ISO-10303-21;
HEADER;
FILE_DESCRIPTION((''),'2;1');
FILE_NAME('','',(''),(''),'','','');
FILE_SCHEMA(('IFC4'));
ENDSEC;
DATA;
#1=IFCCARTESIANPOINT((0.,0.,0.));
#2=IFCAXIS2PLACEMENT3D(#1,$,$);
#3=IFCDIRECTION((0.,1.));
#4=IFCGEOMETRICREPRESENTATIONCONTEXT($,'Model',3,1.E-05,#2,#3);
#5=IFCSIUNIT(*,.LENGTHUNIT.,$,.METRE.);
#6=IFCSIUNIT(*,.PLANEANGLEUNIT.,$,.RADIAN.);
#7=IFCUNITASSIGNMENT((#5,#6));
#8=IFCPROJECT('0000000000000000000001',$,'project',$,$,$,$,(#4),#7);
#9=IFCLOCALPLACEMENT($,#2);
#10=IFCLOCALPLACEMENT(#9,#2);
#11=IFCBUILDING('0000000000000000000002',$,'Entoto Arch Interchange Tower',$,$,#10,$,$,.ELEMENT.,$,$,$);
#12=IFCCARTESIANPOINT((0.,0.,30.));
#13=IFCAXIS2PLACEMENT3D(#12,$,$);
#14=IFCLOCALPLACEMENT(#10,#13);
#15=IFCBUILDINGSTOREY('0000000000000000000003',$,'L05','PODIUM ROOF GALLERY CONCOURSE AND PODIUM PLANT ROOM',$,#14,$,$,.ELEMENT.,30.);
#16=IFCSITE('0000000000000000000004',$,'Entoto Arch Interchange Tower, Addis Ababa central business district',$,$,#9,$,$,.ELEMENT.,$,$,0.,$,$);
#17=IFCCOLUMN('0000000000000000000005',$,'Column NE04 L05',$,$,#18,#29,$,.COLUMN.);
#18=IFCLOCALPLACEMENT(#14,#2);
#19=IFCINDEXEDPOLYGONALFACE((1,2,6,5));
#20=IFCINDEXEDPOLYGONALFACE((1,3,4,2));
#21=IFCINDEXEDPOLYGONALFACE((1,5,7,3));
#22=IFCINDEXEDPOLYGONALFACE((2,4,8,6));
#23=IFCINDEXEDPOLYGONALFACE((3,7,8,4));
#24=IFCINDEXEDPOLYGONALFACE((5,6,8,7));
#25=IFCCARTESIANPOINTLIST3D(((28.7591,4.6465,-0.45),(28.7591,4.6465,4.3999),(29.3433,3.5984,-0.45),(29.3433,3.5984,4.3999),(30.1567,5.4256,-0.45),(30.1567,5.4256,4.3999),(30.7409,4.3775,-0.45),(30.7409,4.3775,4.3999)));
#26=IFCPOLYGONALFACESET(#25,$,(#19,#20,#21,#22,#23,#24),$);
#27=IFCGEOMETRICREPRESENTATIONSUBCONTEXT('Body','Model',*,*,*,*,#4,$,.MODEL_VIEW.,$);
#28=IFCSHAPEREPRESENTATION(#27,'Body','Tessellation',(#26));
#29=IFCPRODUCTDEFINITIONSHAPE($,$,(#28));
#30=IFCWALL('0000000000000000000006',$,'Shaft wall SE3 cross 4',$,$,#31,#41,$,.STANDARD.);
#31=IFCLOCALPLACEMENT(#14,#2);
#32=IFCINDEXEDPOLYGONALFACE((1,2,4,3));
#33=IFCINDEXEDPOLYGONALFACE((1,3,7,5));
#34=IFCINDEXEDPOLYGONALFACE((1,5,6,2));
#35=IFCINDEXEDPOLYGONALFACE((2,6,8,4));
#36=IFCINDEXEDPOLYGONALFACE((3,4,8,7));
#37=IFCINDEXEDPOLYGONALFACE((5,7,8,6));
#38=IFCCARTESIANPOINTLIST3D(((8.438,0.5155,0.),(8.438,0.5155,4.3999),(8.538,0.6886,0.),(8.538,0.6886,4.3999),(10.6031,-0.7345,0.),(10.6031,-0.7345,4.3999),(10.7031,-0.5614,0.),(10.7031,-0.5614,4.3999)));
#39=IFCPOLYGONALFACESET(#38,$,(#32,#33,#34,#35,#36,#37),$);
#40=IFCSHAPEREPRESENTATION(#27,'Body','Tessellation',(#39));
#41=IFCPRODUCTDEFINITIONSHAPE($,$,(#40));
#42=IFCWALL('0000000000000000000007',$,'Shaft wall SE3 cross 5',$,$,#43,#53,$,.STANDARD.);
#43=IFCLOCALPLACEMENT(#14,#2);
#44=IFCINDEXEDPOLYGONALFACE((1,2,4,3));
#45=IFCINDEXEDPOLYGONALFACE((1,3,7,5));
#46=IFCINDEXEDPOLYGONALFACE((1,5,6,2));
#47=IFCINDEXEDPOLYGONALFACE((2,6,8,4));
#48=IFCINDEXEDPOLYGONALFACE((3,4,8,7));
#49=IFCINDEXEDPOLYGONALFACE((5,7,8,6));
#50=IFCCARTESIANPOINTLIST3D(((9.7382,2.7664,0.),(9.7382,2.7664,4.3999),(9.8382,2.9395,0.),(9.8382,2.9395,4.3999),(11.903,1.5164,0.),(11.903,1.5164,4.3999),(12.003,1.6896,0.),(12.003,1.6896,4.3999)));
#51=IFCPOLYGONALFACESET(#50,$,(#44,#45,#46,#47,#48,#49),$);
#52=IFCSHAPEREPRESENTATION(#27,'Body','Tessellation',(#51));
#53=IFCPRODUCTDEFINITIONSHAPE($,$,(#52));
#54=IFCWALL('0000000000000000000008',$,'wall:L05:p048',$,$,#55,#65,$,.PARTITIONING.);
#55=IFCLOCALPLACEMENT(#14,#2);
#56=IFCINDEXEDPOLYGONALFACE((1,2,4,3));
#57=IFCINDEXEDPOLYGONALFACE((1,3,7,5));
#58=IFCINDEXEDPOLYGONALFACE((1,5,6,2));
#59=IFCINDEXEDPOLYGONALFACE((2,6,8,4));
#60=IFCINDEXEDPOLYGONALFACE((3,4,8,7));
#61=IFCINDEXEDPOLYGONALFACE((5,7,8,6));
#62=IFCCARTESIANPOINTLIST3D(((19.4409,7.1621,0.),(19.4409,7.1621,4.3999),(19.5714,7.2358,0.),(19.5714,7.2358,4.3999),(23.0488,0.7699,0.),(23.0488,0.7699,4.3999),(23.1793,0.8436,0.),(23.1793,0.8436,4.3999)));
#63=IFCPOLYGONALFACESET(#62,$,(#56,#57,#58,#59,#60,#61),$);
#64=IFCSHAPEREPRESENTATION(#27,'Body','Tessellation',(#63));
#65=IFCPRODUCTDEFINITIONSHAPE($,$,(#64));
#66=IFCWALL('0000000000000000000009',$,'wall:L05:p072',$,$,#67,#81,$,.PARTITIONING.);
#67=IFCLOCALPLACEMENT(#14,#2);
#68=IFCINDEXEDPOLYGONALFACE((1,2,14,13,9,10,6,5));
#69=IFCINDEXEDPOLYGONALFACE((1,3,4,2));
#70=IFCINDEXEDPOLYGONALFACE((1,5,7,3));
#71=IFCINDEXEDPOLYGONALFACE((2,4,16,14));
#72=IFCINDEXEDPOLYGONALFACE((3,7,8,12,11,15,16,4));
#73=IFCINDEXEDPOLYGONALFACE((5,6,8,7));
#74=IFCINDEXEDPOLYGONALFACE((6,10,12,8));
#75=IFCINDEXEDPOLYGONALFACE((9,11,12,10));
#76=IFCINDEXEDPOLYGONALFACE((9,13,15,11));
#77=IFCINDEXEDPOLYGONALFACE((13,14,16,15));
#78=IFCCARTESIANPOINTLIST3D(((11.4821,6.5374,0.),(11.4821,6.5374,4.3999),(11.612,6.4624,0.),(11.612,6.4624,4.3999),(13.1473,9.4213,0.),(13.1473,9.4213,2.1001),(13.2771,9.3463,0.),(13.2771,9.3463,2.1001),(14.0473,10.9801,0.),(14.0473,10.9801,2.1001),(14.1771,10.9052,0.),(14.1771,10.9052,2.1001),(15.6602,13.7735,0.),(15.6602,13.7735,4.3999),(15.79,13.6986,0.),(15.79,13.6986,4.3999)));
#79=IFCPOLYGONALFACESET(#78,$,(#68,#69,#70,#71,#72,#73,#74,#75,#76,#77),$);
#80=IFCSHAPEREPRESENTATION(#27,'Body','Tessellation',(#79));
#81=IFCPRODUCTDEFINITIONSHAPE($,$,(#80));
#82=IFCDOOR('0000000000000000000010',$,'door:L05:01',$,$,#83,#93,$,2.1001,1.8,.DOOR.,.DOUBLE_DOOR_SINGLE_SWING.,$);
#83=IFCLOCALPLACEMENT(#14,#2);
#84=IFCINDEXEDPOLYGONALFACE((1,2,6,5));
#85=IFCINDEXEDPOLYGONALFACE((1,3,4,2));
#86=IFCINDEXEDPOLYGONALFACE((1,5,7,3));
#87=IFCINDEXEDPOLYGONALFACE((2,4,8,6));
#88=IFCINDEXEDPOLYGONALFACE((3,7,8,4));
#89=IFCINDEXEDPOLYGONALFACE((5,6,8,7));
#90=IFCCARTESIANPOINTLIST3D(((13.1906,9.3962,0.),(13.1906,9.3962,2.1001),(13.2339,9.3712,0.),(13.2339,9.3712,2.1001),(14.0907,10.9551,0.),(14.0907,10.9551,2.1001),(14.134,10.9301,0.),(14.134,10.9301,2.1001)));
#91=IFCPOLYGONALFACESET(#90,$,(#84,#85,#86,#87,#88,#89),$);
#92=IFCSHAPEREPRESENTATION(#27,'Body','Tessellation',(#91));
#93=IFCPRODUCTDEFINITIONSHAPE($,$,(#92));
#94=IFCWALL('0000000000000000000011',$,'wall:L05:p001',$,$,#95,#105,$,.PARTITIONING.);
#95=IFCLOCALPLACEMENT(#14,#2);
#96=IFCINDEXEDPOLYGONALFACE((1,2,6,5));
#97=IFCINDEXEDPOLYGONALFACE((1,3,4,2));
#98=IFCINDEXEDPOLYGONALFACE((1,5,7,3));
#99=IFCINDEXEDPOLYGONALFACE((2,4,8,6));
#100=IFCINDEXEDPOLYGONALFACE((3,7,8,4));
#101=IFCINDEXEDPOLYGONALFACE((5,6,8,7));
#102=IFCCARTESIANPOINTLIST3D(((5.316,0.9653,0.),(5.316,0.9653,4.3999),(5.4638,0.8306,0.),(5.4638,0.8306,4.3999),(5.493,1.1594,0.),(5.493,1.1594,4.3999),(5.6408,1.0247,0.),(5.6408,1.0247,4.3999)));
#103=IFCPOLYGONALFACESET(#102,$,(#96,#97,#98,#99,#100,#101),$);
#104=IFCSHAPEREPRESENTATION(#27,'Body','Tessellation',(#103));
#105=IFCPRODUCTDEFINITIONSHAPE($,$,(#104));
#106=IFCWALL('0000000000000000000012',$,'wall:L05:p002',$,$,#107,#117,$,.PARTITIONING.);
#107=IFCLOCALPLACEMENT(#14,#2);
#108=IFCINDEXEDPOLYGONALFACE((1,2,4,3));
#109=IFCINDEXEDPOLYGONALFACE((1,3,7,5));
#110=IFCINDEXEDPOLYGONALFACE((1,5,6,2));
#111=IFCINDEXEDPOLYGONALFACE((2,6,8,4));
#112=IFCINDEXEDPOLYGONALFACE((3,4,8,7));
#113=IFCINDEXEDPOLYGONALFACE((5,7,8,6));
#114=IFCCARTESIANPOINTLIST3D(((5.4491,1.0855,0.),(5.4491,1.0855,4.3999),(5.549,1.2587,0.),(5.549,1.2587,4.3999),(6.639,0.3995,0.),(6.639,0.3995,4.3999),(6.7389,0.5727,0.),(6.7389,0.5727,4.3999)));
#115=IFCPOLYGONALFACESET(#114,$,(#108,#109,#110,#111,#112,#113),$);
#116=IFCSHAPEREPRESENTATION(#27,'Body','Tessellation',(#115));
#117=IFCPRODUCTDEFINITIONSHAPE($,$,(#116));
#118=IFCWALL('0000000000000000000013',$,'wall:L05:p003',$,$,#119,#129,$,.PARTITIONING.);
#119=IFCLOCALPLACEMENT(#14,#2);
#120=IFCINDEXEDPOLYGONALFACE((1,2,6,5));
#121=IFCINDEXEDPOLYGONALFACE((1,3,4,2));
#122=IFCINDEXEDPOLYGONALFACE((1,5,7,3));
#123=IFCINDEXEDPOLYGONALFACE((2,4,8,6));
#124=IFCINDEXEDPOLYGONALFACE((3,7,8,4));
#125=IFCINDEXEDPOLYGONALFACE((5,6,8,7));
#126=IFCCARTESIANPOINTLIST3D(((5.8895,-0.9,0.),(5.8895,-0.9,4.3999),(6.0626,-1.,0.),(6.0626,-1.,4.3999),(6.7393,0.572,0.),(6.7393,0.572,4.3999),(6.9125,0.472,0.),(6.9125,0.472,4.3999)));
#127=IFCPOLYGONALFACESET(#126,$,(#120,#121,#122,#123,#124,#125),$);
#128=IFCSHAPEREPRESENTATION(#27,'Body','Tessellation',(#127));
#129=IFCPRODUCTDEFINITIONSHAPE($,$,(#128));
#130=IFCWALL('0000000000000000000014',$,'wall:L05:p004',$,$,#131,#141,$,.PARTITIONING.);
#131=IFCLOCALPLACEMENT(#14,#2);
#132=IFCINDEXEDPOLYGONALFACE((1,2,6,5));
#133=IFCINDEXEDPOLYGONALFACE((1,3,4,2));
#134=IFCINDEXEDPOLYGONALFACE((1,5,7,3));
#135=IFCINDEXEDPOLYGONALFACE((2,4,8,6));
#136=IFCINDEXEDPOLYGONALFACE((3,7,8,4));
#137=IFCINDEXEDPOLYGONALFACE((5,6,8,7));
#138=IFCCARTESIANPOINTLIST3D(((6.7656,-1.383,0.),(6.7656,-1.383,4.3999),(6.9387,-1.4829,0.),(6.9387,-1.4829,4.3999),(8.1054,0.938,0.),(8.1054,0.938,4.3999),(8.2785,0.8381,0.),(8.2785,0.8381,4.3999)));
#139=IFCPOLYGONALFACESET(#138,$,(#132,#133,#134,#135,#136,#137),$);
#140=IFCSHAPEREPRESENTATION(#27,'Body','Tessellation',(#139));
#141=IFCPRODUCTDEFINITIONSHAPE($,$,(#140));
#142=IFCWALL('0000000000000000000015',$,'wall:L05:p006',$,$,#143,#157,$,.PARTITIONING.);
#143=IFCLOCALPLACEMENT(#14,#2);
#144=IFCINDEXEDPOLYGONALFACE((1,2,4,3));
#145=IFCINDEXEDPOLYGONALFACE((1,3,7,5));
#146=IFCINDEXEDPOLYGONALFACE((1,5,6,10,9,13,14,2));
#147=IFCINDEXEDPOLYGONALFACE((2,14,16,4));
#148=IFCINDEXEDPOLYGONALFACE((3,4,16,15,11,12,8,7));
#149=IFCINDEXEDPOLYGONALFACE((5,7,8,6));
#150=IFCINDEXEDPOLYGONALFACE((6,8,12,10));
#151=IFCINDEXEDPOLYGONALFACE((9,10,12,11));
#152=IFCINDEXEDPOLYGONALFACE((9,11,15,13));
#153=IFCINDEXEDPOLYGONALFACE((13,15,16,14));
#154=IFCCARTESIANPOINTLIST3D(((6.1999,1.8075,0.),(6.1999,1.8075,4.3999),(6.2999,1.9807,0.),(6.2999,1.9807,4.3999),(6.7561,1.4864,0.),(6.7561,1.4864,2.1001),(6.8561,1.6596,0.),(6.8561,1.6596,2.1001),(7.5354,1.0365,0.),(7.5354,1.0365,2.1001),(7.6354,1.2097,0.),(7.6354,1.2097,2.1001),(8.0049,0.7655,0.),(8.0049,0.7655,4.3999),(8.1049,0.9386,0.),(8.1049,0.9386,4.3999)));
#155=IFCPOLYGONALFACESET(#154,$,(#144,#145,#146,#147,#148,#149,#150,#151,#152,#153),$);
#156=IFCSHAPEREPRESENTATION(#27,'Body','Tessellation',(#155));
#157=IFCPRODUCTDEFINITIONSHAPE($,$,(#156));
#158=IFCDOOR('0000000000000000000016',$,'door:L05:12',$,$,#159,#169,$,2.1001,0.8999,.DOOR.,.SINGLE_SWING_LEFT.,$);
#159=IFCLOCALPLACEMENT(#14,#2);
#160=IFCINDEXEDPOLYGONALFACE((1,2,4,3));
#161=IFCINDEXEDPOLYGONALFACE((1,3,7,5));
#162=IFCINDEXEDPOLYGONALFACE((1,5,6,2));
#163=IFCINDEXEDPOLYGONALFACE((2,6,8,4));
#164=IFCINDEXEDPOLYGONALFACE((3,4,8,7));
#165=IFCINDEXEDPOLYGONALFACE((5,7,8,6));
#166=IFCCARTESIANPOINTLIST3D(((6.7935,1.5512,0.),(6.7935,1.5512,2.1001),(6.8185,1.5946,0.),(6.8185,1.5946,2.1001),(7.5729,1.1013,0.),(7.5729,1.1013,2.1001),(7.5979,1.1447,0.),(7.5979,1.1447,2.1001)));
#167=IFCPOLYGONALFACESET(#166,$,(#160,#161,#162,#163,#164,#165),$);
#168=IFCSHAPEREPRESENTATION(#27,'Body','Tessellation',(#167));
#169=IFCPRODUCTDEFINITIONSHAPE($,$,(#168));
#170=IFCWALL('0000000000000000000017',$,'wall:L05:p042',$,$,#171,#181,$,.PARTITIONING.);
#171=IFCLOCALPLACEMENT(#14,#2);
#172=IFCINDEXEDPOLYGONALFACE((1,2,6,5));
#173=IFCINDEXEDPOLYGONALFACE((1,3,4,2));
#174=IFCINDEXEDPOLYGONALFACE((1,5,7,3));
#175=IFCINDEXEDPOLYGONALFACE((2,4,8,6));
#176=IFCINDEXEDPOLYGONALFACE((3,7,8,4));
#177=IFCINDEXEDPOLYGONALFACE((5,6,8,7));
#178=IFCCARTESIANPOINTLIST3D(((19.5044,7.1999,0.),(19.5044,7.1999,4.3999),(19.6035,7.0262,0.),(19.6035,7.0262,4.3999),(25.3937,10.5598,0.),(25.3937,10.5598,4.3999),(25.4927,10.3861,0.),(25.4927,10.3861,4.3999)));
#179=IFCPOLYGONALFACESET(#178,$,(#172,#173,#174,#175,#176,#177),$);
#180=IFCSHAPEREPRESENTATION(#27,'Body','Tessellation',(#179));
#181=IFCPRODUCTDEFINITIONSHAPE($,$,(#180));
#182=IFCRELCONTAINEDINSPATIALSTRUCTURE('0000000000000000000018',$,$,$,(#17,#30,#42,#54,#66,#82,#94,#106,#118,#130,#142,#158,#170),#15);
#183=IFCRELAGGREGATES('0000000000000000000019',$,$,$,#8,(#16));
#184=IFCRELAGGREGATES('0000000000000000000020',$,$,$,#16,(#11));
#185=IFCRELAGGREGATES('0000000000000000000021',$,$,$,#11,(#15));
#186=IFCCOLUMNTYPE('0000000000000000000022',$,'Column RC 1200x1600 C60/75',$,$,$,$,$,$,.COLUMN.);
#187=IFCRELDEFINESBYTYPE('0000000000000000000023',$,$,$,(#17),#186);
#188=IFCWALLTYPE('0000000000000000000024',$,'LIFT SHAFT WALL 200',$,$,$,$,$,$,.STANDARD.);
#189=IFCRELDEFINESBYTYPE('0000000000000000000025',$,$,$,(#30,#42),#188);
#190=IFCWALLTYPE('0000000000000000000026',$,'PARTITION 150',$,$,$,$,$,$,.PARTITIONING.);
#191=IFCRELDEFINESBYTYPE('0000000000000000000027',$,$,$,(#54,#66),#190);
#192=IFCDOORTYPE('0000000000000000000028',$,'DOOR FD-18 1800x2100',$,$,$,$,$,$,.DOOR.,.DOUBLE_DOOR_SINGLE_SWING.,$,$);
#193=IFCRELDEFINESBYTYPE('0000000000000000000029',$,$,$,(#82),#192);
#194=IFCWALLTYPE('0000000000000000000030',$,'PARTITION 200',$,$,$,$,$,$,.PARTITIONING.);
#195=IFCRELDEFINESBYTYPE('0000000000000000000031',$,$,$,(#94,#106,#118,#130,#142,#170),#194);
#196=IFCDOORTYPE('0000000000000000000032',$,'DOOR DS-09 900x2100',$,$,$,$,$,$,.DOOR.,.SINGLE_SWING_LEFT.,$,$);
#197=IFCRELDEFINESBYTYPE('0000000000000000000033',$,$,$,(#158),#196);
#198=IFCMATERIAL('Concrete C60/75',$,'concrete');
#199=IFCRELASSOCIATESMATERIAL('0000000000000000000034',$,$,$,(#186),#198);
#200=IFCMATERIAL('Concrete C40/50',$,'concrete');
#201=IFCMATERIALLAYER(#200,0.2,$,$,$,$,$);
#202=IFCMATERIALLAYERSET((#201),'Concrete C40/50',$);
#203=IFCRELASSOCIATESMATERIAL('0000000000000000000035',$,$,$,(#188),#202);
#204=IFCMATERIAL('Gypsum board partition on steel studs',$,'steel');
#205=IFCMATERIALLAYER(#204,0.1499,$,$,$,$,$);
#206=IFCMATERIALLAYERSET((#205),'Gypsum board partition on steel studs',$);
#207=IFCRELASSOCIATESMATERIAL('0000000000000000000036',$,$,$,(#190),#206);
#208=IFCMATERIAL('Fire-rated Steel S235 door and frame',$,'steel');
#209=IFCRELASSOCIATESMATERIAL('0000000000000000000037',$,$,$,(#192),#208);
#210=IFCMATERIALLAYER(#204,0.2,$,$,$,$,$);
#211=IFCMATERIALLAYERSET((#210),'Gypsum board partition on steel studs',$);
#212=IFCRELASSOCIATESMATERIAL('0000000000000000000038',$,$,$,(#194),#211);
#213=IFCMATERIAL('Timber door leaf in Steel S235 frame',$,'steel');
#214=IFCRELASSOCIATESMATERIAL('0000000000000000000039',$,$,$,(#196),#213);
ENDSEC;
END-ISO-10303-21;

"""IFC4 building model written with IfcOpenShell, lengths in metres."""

from ifc_helpers import new_model, si_unit, direction, frame, frame_2d, origin, origin_2d, place, context, subcontext, project, spatial, rectangle, extrude, material, layer, layer_set, material_profile, profile_set, type_object, element, fill, save


model = new_model("IFC4")

# Units and contexts
model_context = context("Model", 3, precision=1e-05, world=origin(), true_north=direction((0.0, 1.0)))
body_context = subcontext(model_context, "Body", "Model", "MODEL_VIEW")
ifc_project = project(units=[si_unit("LENGTHUNIT", "METRE"), si_unit("PLANEANGLEUNIT", "RADIAN")], contexts=[model_context])

# Site, building, storey
site_placement = place(None, origin())
site = spatial("IfcSite", under=ifc_project, at=site_placement, Name="Entoto Arch Interchange Tower, Addis Ababa central business district", CompositionType="ELEMENT", RefElevation=0.0)
building_placement = place(site_placement, origin())
building = spatial("IfcBuilding", under=site, at=building_placement, Name="Entoto Arch Interchange Tower", CompositionType="ELEMENT")
storey_placement = place(building_placement, frame((0.0, 0.0, 30.0)))
storey = spatial("IfcBuildingStorey", under=building, at=storey_placement, Name="L05", Description="PODIUM ROOF GALLERY CONCOURSE AND PODIUM PLANT ROOM", CompositionType="ELEMENT", Elevation=30.0)

# Column
ifc_material_1 = material(Name="Concrete C60/75", Category="concrete")
ifc_material_profile = material_profile(ifc_material_1, rectangle(XDim=1.2, YDim=1.6001, at=origin_2d()))
ifc_profile_set = profile_set([ifc_material_profile], Name="Concrete C60/75")
column_type = type_object("IfcColumnType", Name="Column RC 1200x1600 C60/75", PredefinedType="COLUMN", material=ifc_profile_set)
column_placement = place(storey_placement, frame((29.75, 4.512, -0.45), z_axis=(0.0, 0.0, 1.0), x_axis=(-0.486915, 0.873449, 0.0)))
element("IfcColumn", 1, at=column_placement, inside=storey, type_object=column_type, Name="Column NE04 L05", PredefinedType="COLUMN", context=body_context, shape_type="SweptSolid", body=[
    extrude(rectangle(XDim=1.2, YDim=1.6001, at=origin_2d()), origin(), (0.0, 0.0, 1.0), 4.8499),
])

# Walls
ifc_material_2 = material(Name="Concrete C40/50", Category="concrete")
ifc_layer_1 = layer(ifc_material_2, 0.2)
ifc_layer_set_1 = layer_set([ifc_layer_1], Name="Concrete C40/50")
wall_type_1 = type_object("IfcWallType", Name="LIFT SHAFT WALL 200", PredefinedType="STANDARD", material=ifc_layer_set_1)
wall_1_placement = place(storey_placement, frame((8.488, 0.6021, 0.0), z_axis=(0.0, 0.0, 1.0), x_axis=(0.866023, -0.500004, 0.0)))
element("IfcWall", 2, at=wall_1_placement, inside=storey, type_object=wall_type_1, Name="Shaft wall SE3 cross 4", PredefinedType="STANDARD", context=body_context, shape_type="SweptSolid", body=[
    extrude(rectangle(XDim=2.5, YDim=0.2, at=frame_2d((1.25, 0.0))), origin(), (0.0, 0.0, 1.0), 4.3999),
])
wall_2_placement = place(storey_placement, frame((9.7881, 2.853, 0.0), z_axis=(0.0, 0.0, 1.0), x_axis=(0.865999, -0.500047, 0.0)))
element("IfcWall", 3, at=wall_2_placement, inside=storey, type_object=wall_type_1, Name="Shaft wall SE3 cross 5", PredefinedType="STANDARD", context=body_context, shape_type="SweptSolid", body=[
    extrude(rectangle(XDim=2.4998, YDim=0.2, at=frame_2d((1.25, 0.0))), origin(), (0.0, 0.0, 1.0), 4.3999),
])
ifc_material_3 = material(Name="Gypsum board partition on steel studs", Category="steel")
ifc_layer_2 = layer(ifc_material_3, 0.1499)
ifc_layer_set_2 = layer_set([ifc_layer_2], Name="Gypsum board partition on steel studs")
wall_type_2 = type_object("IfcWallType", Name="PARTITION 150", PredefinedType="PARTITIONING", material=ifc_layer_set_2)
wall_3_placement = place(storey_placement, frame((23.114, 0.8069, 0.0), z_axis=(0.0, 0.0, 1.0), x_axis=(-0.49154, 0.870855, 0.0)))
element("IfcWall", 4, at=wall_3_placement, inside=storey, type_object=wall_type_2, Name="wall:L05:p048", PredefinedType="PARTITIONING", context=body_context, shape_type="SweptSolid", body=[
    extrude(rectangle(XDim=7.3401, YDim=0.1499, at=frame_2d((3.6699, 0.0))), origin(), (0.0, 0.0, 1.0), 4.3999),
])

# Wall, opening, door
wall_4_placement = place(storey_placement, frame((11.5471, 6.5, 0.0), z_axis=(0.0, 0.0, 1.0), x_axis=(0.50002, 0.866014, 0.0)))
wall_4 = element("IfcWall", 5, at=wall_4_placement, inside=storey, type_object=wall_type_2, Name="wall:L05:p072", PredefinedType="PARTITIONING", context=body_context, shape_type="SweptSolid", body=[
    extrude(rectangle(XDim=8.3557, YDim=0.1499, at=frame_2d((4.1777, 0.0))), origin(), (0.0, 0.0, 1.0), 4.3999),
])
opening_1_placement = place(wall_4_placement, frame((3.3301, 0.0, 0.0)))
opening_1 = element("IfcOpeningElement", 6, at=opening_1_placement, cuts=wall_4, PredefinedType="OPENING", context=body_context, shape_type="SweptSolid", body=[
    extrude(rectangle(XDim=1.8, YDim=2.1001, at=frame_2d((0.8999, 1.05))), frame((0.0, 0.085, 0.0), z_axis=(0.0, -1.0, 0.0), x_axis=(1.0, 0.0, 0.0)), (0.0, 0.0, 1.0), 0.1699),
])
ifc_material_4 = material(Name="Fire-rated Steel S235 door and frame", Category="steel")
door_type_1 = type_object("IfcDoorType", Name="DOOR FD-18 1800x2100", OperationType="DOUBLE_DOOR_SINGLE_SWING", PredefinedType="DOOR", material=ifc_material_4)
door_1_placement = place(opening_1_placement, origin())
door_1 = element("IfcDoor", 7, at=door_1_placement, inside=storey, type_object=door_type_1, Name="door:L05:01", OperationType="DOUBLE_DOOR_SINGLE_SWING", OverallHeight=2.1001, OverallWidth=1.8, PredefinedType="DOOR", context=body_context, shape_type="SweptSolid", body=[
    extrude(rectangle(XDim=1.8, YDim=2.1001, at=frame_2d((0.8999, 1.05))), frame((0.0, 0.0249, 0.0), z_axis=(0.0, -1.0, 0.0), x_axis=(1.0, 0.0, 0.0)), (0.0, 0.0, 1.0), 0.05),
])
fill(opening_1, door_1)

# Walls
ifc_layer_3 = layer(ifc_material_3, 0.2)
ifc_layer_set_3 = layer_set([ifc_layer_3], Name="Gypsum board partition on steel studs")
wall_type_3 = type_object("IfcWallType", Name="PARTITION 200", PredefinedType="PARTITIONING", material=ifc_layer_set_3)
wall_5_placement = place(storey_placement, frame((5.3899, 0.8979, 0.0), z_axis=(0.0, 0.0, 1.0), x_axis=(0.673828, 0.738888, 0.0)))
element("IfcWall", 8, at=wall_5_placement, inside=storey, type_object=wall_type_3, Name="wall:L05:p001", PredefinedType="PARTITIONING", context=body_context, shape_type="SweptSolid", body=[
    extrude(rectangle(XDim=0.2627, YDim=0.2, at=frame_2d((0.1313, 0.0))), origin(), (0.0, 0.0, 1.0), 4.3999),
])
wall_6_placement = place(storey_placement, frame((5.499, 1.1721, 0.0), z_axis=(0.0, 0.0, 1.0), x_axis=(0.866334, -0.499466, 0.0)))
element("IfcWall", 9, at=wall_6_placement, inside=storey, type_object=wall_type_3, Name="wall:L05:p002", PredefinedType="PARTITIONING", context=body_context, shape_type="SweptSolid", body=[
    extrude(rectangle(XDim=1.3735, YDim=0.2, at=frame_2d((0.6868, 0.0))), origin(), (0.0, 0.0, 1.0), 4.3999),
])
wall_7_placement = place(storey_placement, frame((6.8259, 0.522, 0.0), z_axis=(0.0, 0.0, 1.0), x_axis=(-0.500017, -0.866016, 0.0)))
element("IfcWall", 10, at=wall_7_placement, inside=storey, type_object=wall_type_3, Name="wall:L05:p003", PredefinedType="PARTITIONING", context=body_context, shape_type="SweptSolid", body=[
    extrude(rectangle(XDim=1.6997, YDim=0.2, at=frame_2d((0.8499, 0.0))), origin(), (0.0, 0.0, 1.0), 4.3999),
])
wall_8_placement = place(storey_placement, frame((8.1919, 0.8879, 0.0), z_axis=(0.0, 0.0, 1.0), x_axis=(-0.499941, -0.86606, 0.0)))
element("IfcWall", 11, at=wall_8_placement, inside=storey, type_object=wall_type_3, Name="wall:L05:p004", PredefinedType="PARTITIONING", context=body_context, shape_type="SweptSolid", body=[
    extrude(rectangle(XDim=2.6799, YDim=0.2, at=frame_2d((1.3398, 0.0))), origin(), (0.0, 0.0, 1.0), 4.3999),
])

# Wall, opening, door
wall_9_placement = place(storey_placement, frame((6.25, 1.894, 0.0), z_axis=(0.0, 0.0, 1.0), x_axis=(0.866043, -0.499969, 0.0)))
wall_9 = element("IfcWall", 12, at=wall_9_placement, inside=storey, type_object=wall_type_3, Name="wall:L05:p006", PredefinedType="PARTITIONING", context=body_context, shape_type="SweptSolid", body=[
    extrude(rectangle(XDim=2.0842, YDim=0.2, at=frame_2d((1.042, 0.0))), origin(), (0.0, 0.0, 1.0), 4.3999),
])
opening_2_placement = place(wall_9_placement, frame((0.6421, 0.0, 0.0)))
opening_2 = element("IfcOpeningElement", 13, at=opening_2_placement, cuts=wall_9, PredefinedType="OPENING", context=body_context, shape_type="SweptSolid", body=[
    extrude(rectangle(XDim=0.8999, YDim=2.1001, at=frame_2d((0.45, 1.05))), frame((0.0, 0.1099, 0.0), z_axis=(0.0, -1.0, 0.0), x_axis=(1.0, 0.0, 0.0)), (0.0, 0.0, 1.0), 0.22),
])
ifc_material_5 = material(Name="Timber door leaf in Steel S235 frame", Category="steel")
door_type_2 = type_object("IfcDoorType", Name="DOOR DS-09 900x2100", OperationType="SINGLE_SWING_LEFT", PredefinedType="DOOR", material=ifc_material_5)
door_2_placement = place(opening_2_placement, origin())
door_2 = element("IfcDoor", 14, at=door_2_placement, inside=storey, type_object=door_type_2, Name="door:L05:12", OperationType="SINGLE_SWING_LEFT", OverallHeight=2.1001, OverallWidth=0.8999, PredefinedType="DOOR", context=body_context, shape_type="SweptSolid", body=[
    extrude(rectangle(XDim=0.8999, YDim=2.1001, at=frame_2d((0.45, 1.05))), frame((0.0, 0.0249, 0.0), z_axis=(0.0, -1.0, 0.0), x_axis=(1.0, 0.0, 0.0)), (0.0, 0.0, 1.0), 0.05),
])
fill(opening_2, door_2)

# Wall
wall_10_placement = place(storey_placement, frame((19.554, 7.113, 0.0), z_axis=(0.0, 0.0, 1.0), x_axis=(0.868584, 0.495542, 0.0)))
element("IfcWall", 15, at=wall_10_placement, inside=storey, type_object=wall_type_3, Name="wall:L05:p042", PredefinedType="PARTITIONING", context=body_context, shape_type="SweptSolid", body=[
    extrude(rectangle(XDim=6.7803, YDim=0.2, at=frame_2d((3.3901, 0.0))), origin(), (0.0, 0.0, 1.0), 4.3999),
])

save(model, "model.ifc")
